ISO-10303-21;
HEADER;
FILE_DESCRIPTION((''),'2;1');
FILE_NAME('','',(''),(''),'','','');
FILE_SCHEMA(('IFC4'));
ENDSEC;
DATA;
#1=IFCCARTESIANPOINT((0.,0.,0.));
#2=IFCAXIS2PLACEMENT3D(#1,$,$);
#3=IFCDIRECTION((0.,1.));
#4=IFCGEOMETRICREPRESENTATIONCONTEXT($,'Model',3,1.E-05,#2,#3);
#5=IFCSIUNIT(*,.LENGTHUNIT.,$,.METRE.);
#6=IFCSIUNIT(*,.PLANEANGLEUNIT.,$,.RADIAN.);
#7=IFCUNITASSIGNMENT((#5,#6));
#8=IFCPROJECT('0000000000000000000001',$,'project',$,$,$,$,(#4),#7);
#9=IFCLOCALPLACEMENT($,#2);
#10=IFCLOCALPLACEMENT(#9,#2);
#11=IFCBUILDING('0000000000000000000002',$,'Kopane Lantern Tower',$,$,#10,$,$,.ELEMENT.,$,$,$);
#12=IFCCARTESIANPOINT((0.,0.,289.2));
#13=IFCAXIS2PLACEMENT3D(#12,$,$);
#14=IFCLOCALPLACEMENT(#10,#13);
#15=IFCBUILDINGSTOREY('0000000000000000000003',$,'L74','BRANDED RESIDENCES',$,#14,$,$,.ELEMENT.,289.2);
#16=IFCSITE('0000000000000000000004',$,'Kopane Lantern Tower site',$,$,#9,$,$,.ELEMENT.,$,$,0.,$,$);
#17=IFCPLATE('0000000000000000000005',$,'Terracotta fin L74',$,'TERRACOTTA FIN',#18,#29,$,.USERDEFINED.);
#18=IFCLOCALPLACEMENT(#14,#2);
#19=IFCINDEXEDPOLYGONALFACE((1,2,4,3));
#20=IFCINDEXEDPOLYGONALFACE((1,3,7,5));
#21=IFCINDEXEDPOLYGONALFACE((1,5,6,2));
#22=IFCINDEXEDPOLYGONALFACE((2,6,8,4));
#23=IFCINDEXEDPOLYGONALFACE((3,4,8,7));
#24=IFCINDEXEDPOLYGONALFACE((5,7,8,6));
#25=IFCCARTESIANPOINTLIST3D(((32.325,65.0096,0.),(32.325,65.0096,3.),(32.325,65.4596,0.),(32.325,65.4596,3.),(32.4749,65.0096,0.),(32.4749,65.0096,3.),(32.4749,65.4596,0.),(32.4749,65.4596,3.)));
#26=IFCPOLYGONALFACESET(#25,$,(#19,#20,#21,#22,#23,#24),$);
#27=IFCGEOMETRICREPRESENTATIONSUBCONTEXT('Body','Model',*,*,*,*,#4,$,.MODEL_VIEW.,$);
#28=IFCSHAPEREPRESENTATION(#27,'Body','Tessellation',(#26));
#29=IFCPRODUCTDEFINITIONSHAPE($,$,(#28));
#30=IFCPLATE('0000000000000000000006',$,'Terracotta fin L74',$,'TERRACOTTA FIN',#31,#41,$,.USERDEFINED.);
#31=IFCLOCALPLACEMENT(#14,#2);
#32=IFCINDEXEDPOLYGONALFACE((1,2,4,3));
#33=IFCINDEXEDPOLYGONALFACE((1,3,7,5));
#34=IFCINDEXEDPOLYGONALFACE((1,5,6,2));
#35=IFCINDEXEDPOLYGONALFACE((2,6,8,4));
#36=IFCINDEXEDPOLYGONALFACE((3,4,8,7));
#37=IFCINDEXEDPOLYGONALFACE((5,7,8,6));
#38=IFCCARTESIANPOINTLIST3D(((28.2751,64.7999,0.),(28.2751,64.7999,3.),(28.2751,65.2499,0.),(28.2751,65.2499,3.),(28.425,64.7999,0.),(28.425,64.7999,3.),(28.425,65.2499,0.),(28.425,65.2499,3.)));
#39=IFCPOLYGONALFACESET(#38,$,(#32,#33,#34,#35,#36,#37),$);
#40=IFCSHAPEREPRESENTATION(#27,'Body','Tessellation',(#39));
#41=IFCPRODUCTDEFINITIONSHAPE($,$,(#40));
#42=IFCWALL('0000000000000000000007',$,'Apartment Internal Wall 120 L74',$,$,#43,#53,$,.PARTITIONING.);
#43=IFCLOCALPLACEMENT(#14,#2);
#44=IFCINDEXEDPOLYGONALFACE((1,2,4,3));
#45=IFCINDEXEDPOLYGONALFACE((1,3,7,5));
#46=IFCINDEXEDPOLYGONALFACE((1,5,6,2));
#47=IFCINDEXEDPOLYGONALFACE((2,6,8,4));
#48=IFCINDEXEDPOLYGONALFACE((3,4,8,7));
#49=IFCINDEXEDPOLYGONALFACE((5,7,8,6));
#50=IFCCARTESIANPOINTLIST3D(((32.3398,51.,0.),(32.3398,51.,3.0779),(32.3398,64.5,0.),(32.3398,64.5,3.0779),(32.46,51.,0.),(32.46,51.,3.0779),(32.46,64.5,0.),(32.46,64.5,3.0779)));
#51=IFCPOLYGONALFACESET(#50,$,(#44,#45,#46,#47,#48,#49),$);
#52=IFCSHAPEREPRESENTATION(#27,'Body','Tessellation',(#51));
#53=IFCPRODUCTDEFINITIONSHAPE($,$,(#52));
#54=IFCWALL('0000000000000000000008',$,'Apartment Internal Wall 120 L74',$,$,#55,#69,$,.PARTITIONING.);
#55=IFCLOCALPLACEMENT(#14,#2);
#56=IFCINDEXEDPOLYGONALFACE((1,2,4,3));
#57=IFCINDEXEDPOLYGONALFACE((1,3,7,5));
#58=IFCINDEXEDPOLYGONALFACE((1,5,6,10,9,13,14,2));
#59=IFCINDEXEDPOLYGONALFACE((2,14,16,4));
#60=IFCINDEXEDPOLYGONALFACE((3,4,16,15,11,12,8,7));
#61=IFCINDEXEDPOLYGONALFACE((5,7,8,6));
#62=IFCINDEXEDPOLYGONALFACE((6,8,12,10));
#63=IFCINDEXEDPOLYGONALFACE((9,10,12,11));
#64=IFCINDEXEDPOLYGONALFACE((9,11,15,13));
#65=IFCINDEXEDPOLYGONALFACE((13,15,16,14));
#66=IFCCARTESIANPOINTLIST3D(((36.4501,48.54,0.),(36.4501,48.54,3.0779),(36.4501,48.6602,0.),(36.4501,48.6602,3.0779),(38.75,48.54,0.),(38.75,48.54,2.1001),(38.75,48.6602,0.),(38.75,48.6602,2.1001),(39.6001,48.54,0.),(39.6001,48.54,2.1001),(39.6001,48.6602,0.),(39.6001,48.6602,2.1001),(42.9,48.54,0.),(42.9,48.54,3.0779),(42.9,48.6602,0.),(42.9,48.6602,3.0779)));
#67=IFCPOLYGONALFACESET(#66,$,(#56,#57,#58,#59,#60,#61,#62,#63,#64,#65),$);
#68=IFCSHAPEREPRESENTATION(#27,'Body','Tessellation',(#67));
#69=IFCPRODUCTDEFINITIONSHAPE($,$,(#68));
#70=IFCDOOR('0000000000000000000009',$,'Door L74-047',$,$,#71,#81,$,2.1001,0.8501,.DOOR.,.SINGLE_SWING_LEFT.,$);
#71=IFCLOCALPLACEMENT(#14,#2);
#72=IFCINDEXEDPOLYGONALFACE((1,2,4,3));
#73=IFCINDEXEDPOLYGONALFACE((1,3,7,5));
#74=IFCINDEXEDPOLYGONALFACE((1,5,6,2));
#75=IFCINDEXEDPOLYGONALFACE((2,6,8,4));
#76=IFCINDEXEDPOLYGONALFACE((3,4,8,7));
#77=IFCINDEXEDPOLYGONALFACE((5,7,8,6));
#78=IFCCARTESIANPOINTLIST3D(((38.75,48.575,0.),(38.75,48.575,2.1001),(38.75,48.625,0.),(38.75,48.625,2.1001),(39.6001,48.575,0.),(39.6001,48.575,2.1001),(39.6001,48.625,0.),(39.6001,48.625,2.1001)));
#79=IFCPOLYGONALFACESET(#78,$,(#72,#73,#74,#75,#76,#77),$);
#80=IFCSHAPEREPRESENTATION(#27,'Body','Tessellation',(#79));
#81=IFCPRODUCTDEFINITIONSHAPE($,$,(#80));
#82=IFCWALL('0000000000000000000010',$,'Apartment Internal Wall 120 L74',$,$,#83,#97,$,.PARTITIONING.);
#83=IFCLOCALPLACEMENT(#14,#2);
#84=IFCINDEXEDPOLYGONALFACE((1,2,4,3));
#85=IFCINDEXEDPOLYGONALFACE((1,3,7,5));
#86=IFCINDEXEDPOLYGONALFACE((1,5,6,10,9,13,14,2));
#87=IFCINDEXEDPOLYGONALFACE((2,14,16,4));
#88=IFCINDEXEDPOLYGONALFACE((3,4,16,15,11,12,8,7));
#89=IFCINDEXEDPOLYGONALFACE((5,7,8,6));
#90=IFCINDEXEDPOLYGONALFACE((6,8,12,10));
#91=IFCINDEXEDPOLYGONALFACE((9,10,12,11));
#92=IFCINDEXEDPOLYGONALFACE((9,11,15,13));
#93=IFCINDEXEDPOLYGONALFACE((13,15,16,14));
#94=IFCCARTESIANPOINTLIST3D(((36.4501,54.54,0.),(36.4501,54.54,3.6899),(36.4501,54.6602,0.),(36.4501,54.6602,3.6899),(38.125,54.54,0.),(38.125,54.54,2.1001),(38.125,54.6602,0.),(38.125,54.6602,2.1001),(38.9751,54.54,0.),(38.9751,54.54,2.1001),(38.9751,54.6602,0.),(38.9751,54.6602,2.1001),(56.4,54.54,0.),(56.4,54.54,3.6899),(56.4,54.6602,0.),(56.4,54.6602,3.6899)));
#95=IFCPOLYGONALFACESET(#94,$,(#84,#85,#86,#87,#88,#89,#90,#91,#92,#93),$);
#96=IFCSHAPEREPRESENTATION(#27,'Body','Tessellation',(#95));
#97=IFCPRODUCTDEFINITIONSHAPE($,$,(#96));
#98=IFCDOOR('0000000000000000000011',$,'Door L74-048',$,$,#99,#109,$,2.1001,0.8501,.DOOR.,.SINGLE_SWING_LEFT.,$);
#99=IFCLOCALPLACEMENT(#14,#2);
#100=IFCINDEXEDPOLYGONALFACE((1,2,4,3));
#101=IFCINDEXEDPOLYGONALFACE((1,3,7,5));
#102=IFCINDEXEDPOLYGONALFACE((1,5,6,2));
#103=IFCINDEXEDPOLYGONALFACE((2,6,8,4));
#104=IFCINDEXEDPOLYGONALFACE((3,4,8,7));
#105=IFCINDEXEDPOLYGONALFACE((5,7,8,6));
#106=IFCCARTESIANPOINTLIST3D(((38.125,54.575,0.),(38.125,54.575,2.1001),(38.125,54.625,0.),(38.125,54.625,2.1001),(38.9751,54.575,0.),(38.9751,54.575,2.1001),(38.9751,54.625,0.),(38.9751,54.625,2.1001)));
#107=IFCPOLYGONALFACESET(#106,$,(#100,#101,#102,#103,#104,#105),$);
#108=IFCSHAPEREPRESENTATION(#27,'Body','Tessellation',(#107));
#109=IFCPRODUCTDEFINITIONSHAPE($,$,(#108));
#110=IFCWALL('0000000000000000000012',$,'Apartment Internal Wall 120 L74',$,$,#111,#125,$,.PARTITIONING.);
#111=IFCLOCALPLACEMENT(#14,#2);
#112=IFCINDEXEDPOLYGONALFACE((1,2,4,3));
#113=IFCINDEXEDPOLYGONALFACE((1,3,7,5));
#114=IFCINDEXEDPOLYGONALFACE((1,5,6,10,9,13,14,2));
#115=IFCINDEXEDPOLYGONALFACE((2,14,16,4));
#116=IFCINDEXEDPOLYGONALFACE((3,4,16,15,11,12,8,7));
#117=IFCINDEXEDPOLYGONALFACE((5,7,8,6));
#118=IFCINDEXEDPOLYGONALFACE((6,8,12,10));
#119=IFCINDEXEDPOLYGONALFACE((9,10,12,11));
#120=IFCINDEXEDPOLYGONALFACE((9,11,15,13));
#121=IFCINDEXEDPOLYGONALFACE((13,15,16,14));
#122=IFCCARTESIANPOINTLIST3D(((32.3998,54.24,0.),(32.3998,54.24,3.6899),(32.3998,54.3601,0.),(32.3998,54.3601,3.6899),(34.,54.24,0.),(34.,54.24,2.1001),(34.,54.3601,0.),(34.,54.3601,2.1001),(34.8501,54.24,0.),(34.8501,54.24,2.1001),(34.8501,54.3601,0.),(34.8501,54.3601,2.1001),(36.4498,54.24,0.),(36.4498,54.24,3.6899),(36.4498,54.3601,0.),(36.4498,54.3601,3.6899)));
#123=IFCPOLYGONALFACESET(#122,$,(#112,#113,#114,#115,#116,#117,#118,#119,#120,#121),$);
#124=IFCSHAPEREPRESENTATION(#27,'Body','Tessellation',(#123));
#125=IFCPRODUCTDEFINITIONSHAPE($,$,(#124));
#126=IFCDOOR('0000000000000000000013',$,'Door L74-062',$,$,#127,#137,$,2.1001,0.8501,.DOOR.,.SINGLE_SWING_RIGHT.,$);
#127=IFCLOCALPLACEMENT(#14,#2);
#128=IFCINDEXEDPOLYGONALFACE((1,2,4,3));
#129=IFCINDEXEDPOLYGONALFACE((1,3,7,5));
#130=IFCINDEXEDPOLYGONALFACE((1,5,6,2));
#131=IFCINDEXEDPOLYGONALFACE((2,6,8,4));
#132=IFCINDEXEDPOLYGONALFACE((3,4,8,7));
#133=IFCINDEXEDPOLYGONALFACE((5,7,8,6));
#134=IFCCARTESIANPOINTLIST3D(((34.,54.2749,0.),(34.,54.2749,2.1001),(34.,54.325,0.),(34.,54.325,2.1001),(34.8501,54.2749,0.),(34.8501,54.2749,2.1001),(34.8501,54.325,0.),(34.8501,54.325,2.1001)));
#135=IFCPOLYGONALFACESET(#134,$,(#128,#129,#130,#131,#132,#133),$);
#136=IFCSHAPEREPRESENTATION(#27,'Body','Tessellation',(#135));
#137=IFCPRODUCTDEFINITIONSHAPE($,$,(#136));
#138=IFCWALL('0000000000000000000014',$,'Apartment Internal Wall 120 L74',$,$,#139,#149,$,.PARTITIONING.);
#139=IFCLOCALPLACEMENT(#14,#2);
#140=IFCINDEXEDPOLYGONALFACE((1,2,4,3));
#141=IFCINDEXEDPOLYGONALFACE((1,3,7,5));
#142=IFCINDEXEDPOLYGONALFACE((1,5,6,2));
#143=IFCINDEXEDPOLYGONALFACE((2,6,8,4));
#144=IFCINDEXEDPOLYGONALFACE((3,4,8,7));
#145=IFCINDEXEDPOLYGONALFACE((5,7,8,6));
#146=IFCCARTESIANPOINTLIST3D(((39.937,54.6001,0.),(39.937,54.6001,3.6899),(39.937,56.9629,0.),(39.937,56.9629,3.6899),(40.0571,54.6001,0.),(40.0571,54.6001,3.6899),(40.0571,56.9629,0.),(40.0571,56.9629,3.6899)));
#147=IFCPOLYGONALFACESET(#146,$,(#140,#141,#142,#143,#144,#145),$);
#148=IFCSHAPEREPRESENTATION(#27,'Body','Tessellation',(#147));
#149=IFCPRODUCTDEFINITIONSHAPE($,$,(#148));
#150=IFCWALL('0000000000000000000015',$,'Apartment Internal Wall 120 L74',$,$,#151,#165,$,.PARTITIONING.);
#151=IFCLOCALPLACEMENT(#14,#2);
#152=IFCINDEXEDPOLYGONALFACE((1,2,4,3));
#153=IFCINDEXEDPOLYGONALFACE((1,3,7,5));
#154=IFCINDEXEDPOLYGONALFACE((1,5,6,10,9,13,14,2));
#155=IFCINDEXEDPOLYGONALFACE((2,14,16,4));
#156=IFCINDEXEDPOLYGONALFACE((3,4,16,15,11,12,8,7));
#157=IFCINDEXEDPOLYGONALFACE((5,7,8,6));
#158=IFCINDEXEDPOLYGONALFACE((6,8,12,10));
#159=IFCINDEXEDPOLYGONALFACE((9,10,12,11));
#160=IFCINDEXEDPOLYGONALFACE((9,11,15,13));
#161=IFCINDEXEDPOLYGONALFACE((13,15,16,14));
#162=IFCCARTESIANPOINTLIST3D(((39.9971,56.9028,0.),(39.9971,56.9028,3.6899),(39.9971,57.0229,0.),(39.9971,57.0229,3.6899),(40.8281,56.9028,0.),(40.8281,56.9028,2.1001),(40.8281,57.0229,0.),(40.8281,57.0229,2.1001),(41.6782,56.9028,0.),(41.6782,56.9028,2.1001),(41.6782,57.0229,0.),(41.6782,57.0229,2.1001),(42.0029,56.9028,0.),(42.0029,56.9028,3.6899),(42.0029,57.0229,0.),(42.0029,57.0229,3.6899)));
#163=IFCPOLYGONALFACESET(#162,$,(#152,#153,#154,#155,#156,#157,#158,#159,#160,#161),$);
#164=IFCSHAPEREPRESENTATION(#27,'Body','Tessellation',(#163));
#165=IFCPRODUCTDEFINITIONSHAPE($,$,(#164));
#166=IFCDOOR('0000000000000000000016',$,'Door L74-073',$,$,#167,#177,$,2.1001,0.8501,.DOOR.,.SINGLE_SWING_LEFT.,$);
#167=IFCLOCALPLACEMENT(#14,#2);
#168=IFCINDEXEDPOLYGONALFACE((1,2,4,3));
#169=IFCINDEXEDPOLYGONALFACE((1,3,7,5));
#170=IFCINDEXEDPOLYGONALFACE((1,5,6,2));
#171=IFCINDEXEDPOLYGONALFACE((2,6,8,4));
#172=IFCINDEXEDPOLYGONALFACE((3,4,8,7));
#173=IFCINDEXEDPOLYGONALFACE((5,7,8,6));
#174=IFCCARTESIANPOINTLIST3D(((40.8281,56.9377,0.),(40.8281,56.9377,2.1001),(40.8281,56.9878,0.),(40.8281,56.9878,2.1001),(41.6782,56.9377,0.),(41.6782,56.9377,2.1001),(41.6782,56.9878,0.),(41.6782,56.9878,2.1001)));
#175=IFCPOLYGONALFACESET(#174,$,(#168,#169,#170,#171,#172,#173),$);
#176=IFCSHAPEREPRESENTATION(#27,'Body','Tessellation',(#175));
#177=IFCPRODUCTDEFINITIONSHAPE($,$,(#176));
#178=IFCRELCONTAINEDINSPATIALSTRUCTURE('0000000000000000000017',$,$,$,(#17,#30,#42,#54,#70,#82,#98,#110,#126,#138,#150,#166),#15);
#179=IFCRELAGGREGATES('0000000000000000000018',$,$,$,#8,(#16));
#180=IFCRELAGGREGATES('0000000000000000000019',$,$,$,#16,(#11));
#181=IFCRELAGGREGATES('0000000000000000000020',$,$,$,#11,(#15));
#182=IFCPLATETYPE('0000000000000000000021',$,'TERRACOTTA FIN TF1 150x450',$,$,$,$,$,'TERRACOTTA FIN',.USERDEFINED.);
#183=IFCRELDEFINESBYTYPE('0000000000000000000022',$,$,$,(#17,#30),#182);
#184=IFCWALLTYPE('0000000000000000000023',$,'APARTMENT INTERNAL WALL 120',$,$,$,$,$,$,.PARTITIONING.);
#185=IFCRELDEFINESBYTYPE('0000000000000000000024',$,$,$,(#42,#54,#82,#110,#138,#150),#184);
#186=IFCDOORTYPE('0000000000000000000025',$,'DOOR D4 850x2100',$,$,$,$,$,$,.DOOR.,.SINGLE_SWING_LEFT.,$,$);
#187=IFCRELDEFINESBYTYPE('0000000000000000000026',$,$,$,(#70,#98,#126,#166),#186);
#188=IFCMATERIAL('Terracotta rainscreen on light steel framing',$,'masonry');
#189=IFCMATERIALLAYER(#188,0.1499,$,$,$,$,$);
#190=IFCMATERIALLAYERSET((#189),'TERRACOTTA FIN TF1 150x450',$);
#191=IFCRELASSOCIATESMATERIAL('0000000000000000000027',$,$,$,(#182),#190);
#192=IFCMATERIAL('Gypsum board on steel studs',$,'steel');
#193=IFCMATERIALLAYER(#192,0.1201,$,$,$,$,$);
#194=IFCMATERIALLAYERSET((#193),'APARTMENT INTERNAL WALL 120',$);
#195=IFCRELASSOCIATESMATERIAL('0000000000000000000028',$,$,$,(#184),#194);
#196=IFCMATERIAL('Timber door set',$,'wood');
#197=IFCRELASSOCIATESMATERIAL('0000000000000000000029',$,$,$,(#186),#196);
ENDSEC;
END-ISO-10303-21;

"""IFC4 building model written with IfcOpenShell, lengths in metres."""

from ifc_helpers import new_model, si_unit, direction, frame, frame_2d, origin, origin_2d, place, context, subcontext, project, spatial, rectangle, extrude, material, layer, layer_set, type_object, element, fill, save


model = new_model("IFC4")

# Units and contexts
model_context = context("Model", 3, precision=1e-05, world=origin(), true_north=direction((0.0, 1.0)))
body_context = subcontext(model_context, "Body", "Model", "MODEL_VIEW")
ifc_project = project(units=[si_unit("LENGTHUNIT", "METRE"), si_unit("PLANEANGLEUNIT", "RADIAN")], contexts=[model_context])

# Site, building, storey
site_placement = place(None, origin())
site = spatial("IfcSite", under=ifc_project, at=site_placement, Name="Kopane Lantern Tower site", CompositionType="ELEMENT", RefElevation=0.0)
building_placement = place(site_placement, origin())
building = spatial("IfcBuilding", under=site, at=building_placement, Name="Kopane Lantern Tower", CompositionType="ELEMENT")
storey_placement = place(building_placement, frame((0.0, 0.0, 289.2)))
storey = spatial("IfcBuildingStorey", under=building, at=storey_placement, Name="L74", Description="BRANDED RESIDENCES", CompositionType="ELEMENT", Elevation=289.2)

# Plates
ifc_material_1 = material(Name="Terracotta rainscreen on light steel framing", Category="masonry")
ifc_layer_1 = layer(ifc_material_1, 0.1499)
ifc_layer_set_1 = layer_set([ifc_layer_1], Name="TERRACOTTA FIN TF1 150x450")
plate_type = type_object("IfcPlateType", Name="TERRACOTTA FIN TF1 150x450", ElementType="TERRACOTTA FIN", PredefinedType="USERDEFINED", material=ifc_layer_set_1)
for number, where, z_axis, x_axis, name in (
    (1, (32.3999, 65.2346, 0.0), (0.0, 0.0, 1.0), (-1.0, 0.0, 0.0), "Terracotta fin L74"),
    (2, (28.3501, 65.0249, 0.0), (0.0, 0.0, 1.0), (-1.0, 0.0, 0.0), "Terracotta fin L74"),
):
    element("IfcPlate", number, at=place(storey_placement, frame(where, z_axis=z_axis, x_axis=x_axis)), inside=storey, type_object=plate_type, Name=name, ObjectType="TERRACOTTA FIN", PredefinedType="USERDEFINED", context=body_context, shape_type="SweptSolid", body=[
        extrude(rectangle(XDim=0.1499, YDim=0.45, at=origin_2d()), origin(), (0.0, 0.0, 1.0), 3.0),
    ])

# Wall
ifc_material_2 = material(Name="Gypsum board on steel studs", Category="steel")
ifc_layer_2 = layer(ifc_material_2, 0.1201)
ifc_layer_set_2 = layer_set([ifc_layer_2], Name="APARTMENT INTERNAL WALL 120")
wall_type_1 = type_object("IfcWallType", Name="APARTMENT INTERNAL WALL 120", PredefinedType="PARTITIONING", material=ifc_layer_set_2)
wall_1_placement = place(storey_placement, frame((32.3999, 51.0, 0.0), z_axis=(0.0, 0.0, 1.0), x_axis=(0.0, 1.0, 0.0)))
element("IfcWall", 3, at=wall_1_placement, inside=storey, type_object=wall_type_1, Name="Apartment Internal Wall 120 L74", PredefinedType="PARTITIONING", context=body_context, shape_type="SweptSolid", body=[
    extrude(rectangle(XDim=13.5, YDim=0.1201, at=frame_2d((6.75, 0.0))), origin(), (0.0, 0.0, 1.0), 3.0779),
])

# Walls, openings, doors
wall_2_placement = place(storey_placement, frame((36.45, 48.6001, 0.0), z_axis=(0.0, 0.0, 1.0), x_axis=(1.0, 0.0, 0.0)))
wall_2 = element("IfcWall", 4, at=wall_2_placement, inside=storey, type_object=wall_type_1, Name="Apartment Internal Wall 120 L74", PredefinedType="PARTITIONING", context=body_context, shape_type="SweptSolid", body=[
    extrude(rectangle(XDim=6.45, YDim=0.1201, at=frame_2d((3.2251, 0.0))), origin(), (0.0, 0.0, 1.0), 3.0779),
])
opening_1_placement = place(wall_2_placement, frame((2.3, 0.0, 0.0)))
opening_1 = element("IfcOpeningElement", 5, at=opening_1_placement, cuts=wall_2, PredefinedType="OPENING", context=body_context, shape_type="SweptSolid", body=[
    extrude(rectangle(XDim=0.8501, YDim=2.1001, at=frame_2d((0.425, 1.05))), frame((0.0, 0.0701, 0.0), z_axis=(0.0, -1.0, 0.0), x_axis=(1.0, 0.0, 0.0)), (0.0, 0.0, 1.0), 0.1401),
])
ifc_material_3 = material(Name="Timber door set", Category="wood")
door_type = type_object("IfcDoorType", Name="DOOR D4 850x2100", OperationType="SINGLE_SWING_LEFT", PredefinedType="DOOR", material=ifc_material_3)
door_1_placement = place(opening_1_placement, origin())
door_1 = element("IfcDoor", 6, at=door_1_placement, inside=storey, type_object=door_type, Name="Door L74-047", OperationType="SINGLE_SWING_LEFT", OverallHeight=2.1001, OverallWidth=0.8501, PredefinedType="DOOR", context=body_context, shape_type="SweptSolid", body=[
    extrude(rectangle(XDim=0.8501, YDim=2.1001, at=frame_2d((0.425, 1.05))), frame((0.0, 0.0249, 0.0), z_axis=(0.0, -1.0, 0.0), x_axis=(1.0, 0.0, 0.0)), (0.0, 0.0, 1.0), 0.05),
])
fill(opening_1, door_1)
wall_3_placement = place(storey_placement, frame((36.45, 54.6001, 0.0), z_axis=(0.0, 0.0, 1.0), x_axis=(1.0, 0.0, 0.0)))
wall_3 = element("IfcWall", 7, at=wall_3_placement, inside=storey, type_object=wall_type_1, Name="Apartment Internal Wall 120 L74", PredefinedType="PARTITIONING", context=body_context, shape_type="SweptSolid", body=[
    extrude(rectangle(XDim=19.95, YDim=0.1201, at=frame_2d((9.9751, 0.0))), origin(), (0.0, 0.0, 1.0), 3.6899),
])
opening_2_placement = place(wall_3_placement, frame((1.675, 0.0, 0.0)))
opening_2 = element("IfcOpeningElement", 8, at=opening_2_placement, cuts=wall_3, PredefinedType="OPENING", context=body_context, shape_type="SweptSolid", body=[
    extrude(rectangle(XDim=0.8501, YDim=2.1001, at=frame_2d((0.425, 1.05))), frame((0.0, 0.0701, 0.0), z_axis=(0.0, -1.0, 0.0), x_axis=(1.0, 0.0, 0.0)), (0.0, 0.0, 1.0), 0.1401),
])
door_2_placement = place(opening_2_placement, origin())
door_2 = element("IfcDoor", 9, at=door_2_placement, inside=storey, type_object=door_type, Name="Door L74-048", OperationType="SINGLE_SWING_LEFT", OverallHeight=2.1001, OverallWidth=0.8501, PredefinedType="DOOR", context=body_context, shape_type="SweptSolid", body=[
    extrude(rectangle(XDim=0.8501, YDim=2.1001, at=frame_2d((0.425, 1.05))), frame((0.0, 0.0249, 0.0), z_axis=(0.0, -1.0, 0.0), x_axis=(1.0, 0.0, 0.0)), (0.0, 0.0, 1.0), 0.05),
])
fill(opening_2, door_2)
wall_4_placement = place(storey_placement, frame((32.3999, 54.3, 0.0), z_axis=(0.0, 0.0, 1.0), x_axis=(1.0, 0.0, 0.0)))
wall_4 = element("IfcWall", 10, at=wall_4_placement, inside=storey, type_object=wall_type_1, Name="Apartment Internal Wall 120 L74", PredefinedType="PARTITIONING", context=body_context, shape_type="SweptSolid", body=[
    extrude(rectangle(XDim=4.05, YDim=0.1201, at=frame_2d((2.0249, 0.0))), origin(), (0.0, 0.0, 1.0), 3.6899),
])
opening_3_placement = place(wall_4_placement, frame((1.6001, 0.0, 0.0)))
opening_3 = element("IfcOpeningElement", 11, at=opening_3_placement, cuts=wall_4, PredefinedType="OPENING", context=body_context, shape_type="SweptSolid", body=[
    extrude(rectangle(XDim=0.8501, YDim=2.1001, at=frame_2d((0.425, 1.05))), frame((0.0, 0.0701, 0.0), z_axis=(0.0, -1.0, 0.0), x_axis=(1.0, 0.0, 0.0)), (0.0, 0.0, 1.0), 0.1401),
])
door_3_placement = place(opening_3_placement, origin())
door_3 = element("IfcDoor", 12, at=door_3_placement, inside=storey, type_object=door_type, Name="Door L74-062", OperationType="SINGLE_SWING_RIGHT", OverallHeight=2.1001, OverallWidth=0.8501, PredefinedType="DOOR", context=body_context, shape_type="SweptSolid", body=[
    extrude(rectangle(XDim=0.8501, YDim=2.1001, at=frame_2d((0.425, 1.05))), frame((0.0, 0.0249, 0.0), z_axis=(0.0, -1.0, 0.0), x_axis=(1.0, 0.0, 0.0)), (0.0, 0.0, 1.0), 0.05),
])
fill(opening_3, door_3)

# Wall
wall_5_placement = place(storey_placement, frame((39.9971, 54.6001, 0.0), z_axis=(0.0, 0.0, 1.0), x_axis=(0.0, 1.0, 0.0)))
element("IfcWall", 13, at=wall_5_placement, inside=storey, type_object=wall_type_1, Name="Apartment Internal Wall 120 L74", PredefinedType="PARTITIONING", context=body_context, shape_type="SweptSolid", body=[
    extrude(rectangle(XDim=2.3628, YDim=0.1201, at=frame_2d((1.1814, 0.0))), origin(), (0.0, 0.0, 1.0), 3.6899),
])

# Wall, opening, door
wall_6_placement = place(storey_placement, frame((39.9971, 56.9629, 0.0), z_axis=(0.0, 0.0, 1.0), x_axis=(1.0, 0.0, 0.0)))
wall_6 = element("IfcWall", 14, at=wall_6_placement, inside=storey, type_object=wall_type_1, Name="Apartment Internal Wall 120 L74", PredefinedType="PARTITIONING", context=body_context, shape_type="SweptSolid", body=[
    extrude(rectangle(XDim=2.0059, YDim=0.1201, at=frame_2d((1.0029, 0.0))), origin(), (0.0, 0.0, 1.0), 3.6899),
])
opening_4_placement = place(wall_6_placement, frame((0.8311, 0.0, 0.0)))
opening_4 = element("IfcOpeningElement", 15, at=opening_4_placement, cuts=wall_6, PredefinedType="OPENING", context=body_context, shape_type="SweptSolid", body=[
    extrude(rectangle(XDim=0.8501, YDim=2.1001, at=frame_2d((0.425, 1.05))), frame((0.0, 0.0701, 0.0), z_axis=(0.0, -1.0, 0.0), x_axis=(1.0, 0.0, 0.0)), (0.0, 0.0, 1.0), 0.1401),
])
door_4_placement = place(opening_4_placement, origin())
door_4 = element("IfcDoor", 16, at=door_4_placement, inside=storey, type_object=door_type, Name="Door L74-073", OperationType="SINGLE_SWING_LEFT", OverallHeight=2.1001, OverallWidth=0.8501, PredefinedType="DOOR", context=body_context, shape_type="SweptSolid", body=[
    extrude(rectangle(XDim=0.8501, YDim=2.1001, at=frame_2d((0.425, 1.05))), frame((0.0, 0.0249, 0.0), z_axis=(0.0, -1.0, 0.0), x_axis=(1.0, 0.0, 0.0)), (0.0, 0.0, 1.0), 0.05),
])
fill(opening_4, door_4)

save(model, "model.ifc")
